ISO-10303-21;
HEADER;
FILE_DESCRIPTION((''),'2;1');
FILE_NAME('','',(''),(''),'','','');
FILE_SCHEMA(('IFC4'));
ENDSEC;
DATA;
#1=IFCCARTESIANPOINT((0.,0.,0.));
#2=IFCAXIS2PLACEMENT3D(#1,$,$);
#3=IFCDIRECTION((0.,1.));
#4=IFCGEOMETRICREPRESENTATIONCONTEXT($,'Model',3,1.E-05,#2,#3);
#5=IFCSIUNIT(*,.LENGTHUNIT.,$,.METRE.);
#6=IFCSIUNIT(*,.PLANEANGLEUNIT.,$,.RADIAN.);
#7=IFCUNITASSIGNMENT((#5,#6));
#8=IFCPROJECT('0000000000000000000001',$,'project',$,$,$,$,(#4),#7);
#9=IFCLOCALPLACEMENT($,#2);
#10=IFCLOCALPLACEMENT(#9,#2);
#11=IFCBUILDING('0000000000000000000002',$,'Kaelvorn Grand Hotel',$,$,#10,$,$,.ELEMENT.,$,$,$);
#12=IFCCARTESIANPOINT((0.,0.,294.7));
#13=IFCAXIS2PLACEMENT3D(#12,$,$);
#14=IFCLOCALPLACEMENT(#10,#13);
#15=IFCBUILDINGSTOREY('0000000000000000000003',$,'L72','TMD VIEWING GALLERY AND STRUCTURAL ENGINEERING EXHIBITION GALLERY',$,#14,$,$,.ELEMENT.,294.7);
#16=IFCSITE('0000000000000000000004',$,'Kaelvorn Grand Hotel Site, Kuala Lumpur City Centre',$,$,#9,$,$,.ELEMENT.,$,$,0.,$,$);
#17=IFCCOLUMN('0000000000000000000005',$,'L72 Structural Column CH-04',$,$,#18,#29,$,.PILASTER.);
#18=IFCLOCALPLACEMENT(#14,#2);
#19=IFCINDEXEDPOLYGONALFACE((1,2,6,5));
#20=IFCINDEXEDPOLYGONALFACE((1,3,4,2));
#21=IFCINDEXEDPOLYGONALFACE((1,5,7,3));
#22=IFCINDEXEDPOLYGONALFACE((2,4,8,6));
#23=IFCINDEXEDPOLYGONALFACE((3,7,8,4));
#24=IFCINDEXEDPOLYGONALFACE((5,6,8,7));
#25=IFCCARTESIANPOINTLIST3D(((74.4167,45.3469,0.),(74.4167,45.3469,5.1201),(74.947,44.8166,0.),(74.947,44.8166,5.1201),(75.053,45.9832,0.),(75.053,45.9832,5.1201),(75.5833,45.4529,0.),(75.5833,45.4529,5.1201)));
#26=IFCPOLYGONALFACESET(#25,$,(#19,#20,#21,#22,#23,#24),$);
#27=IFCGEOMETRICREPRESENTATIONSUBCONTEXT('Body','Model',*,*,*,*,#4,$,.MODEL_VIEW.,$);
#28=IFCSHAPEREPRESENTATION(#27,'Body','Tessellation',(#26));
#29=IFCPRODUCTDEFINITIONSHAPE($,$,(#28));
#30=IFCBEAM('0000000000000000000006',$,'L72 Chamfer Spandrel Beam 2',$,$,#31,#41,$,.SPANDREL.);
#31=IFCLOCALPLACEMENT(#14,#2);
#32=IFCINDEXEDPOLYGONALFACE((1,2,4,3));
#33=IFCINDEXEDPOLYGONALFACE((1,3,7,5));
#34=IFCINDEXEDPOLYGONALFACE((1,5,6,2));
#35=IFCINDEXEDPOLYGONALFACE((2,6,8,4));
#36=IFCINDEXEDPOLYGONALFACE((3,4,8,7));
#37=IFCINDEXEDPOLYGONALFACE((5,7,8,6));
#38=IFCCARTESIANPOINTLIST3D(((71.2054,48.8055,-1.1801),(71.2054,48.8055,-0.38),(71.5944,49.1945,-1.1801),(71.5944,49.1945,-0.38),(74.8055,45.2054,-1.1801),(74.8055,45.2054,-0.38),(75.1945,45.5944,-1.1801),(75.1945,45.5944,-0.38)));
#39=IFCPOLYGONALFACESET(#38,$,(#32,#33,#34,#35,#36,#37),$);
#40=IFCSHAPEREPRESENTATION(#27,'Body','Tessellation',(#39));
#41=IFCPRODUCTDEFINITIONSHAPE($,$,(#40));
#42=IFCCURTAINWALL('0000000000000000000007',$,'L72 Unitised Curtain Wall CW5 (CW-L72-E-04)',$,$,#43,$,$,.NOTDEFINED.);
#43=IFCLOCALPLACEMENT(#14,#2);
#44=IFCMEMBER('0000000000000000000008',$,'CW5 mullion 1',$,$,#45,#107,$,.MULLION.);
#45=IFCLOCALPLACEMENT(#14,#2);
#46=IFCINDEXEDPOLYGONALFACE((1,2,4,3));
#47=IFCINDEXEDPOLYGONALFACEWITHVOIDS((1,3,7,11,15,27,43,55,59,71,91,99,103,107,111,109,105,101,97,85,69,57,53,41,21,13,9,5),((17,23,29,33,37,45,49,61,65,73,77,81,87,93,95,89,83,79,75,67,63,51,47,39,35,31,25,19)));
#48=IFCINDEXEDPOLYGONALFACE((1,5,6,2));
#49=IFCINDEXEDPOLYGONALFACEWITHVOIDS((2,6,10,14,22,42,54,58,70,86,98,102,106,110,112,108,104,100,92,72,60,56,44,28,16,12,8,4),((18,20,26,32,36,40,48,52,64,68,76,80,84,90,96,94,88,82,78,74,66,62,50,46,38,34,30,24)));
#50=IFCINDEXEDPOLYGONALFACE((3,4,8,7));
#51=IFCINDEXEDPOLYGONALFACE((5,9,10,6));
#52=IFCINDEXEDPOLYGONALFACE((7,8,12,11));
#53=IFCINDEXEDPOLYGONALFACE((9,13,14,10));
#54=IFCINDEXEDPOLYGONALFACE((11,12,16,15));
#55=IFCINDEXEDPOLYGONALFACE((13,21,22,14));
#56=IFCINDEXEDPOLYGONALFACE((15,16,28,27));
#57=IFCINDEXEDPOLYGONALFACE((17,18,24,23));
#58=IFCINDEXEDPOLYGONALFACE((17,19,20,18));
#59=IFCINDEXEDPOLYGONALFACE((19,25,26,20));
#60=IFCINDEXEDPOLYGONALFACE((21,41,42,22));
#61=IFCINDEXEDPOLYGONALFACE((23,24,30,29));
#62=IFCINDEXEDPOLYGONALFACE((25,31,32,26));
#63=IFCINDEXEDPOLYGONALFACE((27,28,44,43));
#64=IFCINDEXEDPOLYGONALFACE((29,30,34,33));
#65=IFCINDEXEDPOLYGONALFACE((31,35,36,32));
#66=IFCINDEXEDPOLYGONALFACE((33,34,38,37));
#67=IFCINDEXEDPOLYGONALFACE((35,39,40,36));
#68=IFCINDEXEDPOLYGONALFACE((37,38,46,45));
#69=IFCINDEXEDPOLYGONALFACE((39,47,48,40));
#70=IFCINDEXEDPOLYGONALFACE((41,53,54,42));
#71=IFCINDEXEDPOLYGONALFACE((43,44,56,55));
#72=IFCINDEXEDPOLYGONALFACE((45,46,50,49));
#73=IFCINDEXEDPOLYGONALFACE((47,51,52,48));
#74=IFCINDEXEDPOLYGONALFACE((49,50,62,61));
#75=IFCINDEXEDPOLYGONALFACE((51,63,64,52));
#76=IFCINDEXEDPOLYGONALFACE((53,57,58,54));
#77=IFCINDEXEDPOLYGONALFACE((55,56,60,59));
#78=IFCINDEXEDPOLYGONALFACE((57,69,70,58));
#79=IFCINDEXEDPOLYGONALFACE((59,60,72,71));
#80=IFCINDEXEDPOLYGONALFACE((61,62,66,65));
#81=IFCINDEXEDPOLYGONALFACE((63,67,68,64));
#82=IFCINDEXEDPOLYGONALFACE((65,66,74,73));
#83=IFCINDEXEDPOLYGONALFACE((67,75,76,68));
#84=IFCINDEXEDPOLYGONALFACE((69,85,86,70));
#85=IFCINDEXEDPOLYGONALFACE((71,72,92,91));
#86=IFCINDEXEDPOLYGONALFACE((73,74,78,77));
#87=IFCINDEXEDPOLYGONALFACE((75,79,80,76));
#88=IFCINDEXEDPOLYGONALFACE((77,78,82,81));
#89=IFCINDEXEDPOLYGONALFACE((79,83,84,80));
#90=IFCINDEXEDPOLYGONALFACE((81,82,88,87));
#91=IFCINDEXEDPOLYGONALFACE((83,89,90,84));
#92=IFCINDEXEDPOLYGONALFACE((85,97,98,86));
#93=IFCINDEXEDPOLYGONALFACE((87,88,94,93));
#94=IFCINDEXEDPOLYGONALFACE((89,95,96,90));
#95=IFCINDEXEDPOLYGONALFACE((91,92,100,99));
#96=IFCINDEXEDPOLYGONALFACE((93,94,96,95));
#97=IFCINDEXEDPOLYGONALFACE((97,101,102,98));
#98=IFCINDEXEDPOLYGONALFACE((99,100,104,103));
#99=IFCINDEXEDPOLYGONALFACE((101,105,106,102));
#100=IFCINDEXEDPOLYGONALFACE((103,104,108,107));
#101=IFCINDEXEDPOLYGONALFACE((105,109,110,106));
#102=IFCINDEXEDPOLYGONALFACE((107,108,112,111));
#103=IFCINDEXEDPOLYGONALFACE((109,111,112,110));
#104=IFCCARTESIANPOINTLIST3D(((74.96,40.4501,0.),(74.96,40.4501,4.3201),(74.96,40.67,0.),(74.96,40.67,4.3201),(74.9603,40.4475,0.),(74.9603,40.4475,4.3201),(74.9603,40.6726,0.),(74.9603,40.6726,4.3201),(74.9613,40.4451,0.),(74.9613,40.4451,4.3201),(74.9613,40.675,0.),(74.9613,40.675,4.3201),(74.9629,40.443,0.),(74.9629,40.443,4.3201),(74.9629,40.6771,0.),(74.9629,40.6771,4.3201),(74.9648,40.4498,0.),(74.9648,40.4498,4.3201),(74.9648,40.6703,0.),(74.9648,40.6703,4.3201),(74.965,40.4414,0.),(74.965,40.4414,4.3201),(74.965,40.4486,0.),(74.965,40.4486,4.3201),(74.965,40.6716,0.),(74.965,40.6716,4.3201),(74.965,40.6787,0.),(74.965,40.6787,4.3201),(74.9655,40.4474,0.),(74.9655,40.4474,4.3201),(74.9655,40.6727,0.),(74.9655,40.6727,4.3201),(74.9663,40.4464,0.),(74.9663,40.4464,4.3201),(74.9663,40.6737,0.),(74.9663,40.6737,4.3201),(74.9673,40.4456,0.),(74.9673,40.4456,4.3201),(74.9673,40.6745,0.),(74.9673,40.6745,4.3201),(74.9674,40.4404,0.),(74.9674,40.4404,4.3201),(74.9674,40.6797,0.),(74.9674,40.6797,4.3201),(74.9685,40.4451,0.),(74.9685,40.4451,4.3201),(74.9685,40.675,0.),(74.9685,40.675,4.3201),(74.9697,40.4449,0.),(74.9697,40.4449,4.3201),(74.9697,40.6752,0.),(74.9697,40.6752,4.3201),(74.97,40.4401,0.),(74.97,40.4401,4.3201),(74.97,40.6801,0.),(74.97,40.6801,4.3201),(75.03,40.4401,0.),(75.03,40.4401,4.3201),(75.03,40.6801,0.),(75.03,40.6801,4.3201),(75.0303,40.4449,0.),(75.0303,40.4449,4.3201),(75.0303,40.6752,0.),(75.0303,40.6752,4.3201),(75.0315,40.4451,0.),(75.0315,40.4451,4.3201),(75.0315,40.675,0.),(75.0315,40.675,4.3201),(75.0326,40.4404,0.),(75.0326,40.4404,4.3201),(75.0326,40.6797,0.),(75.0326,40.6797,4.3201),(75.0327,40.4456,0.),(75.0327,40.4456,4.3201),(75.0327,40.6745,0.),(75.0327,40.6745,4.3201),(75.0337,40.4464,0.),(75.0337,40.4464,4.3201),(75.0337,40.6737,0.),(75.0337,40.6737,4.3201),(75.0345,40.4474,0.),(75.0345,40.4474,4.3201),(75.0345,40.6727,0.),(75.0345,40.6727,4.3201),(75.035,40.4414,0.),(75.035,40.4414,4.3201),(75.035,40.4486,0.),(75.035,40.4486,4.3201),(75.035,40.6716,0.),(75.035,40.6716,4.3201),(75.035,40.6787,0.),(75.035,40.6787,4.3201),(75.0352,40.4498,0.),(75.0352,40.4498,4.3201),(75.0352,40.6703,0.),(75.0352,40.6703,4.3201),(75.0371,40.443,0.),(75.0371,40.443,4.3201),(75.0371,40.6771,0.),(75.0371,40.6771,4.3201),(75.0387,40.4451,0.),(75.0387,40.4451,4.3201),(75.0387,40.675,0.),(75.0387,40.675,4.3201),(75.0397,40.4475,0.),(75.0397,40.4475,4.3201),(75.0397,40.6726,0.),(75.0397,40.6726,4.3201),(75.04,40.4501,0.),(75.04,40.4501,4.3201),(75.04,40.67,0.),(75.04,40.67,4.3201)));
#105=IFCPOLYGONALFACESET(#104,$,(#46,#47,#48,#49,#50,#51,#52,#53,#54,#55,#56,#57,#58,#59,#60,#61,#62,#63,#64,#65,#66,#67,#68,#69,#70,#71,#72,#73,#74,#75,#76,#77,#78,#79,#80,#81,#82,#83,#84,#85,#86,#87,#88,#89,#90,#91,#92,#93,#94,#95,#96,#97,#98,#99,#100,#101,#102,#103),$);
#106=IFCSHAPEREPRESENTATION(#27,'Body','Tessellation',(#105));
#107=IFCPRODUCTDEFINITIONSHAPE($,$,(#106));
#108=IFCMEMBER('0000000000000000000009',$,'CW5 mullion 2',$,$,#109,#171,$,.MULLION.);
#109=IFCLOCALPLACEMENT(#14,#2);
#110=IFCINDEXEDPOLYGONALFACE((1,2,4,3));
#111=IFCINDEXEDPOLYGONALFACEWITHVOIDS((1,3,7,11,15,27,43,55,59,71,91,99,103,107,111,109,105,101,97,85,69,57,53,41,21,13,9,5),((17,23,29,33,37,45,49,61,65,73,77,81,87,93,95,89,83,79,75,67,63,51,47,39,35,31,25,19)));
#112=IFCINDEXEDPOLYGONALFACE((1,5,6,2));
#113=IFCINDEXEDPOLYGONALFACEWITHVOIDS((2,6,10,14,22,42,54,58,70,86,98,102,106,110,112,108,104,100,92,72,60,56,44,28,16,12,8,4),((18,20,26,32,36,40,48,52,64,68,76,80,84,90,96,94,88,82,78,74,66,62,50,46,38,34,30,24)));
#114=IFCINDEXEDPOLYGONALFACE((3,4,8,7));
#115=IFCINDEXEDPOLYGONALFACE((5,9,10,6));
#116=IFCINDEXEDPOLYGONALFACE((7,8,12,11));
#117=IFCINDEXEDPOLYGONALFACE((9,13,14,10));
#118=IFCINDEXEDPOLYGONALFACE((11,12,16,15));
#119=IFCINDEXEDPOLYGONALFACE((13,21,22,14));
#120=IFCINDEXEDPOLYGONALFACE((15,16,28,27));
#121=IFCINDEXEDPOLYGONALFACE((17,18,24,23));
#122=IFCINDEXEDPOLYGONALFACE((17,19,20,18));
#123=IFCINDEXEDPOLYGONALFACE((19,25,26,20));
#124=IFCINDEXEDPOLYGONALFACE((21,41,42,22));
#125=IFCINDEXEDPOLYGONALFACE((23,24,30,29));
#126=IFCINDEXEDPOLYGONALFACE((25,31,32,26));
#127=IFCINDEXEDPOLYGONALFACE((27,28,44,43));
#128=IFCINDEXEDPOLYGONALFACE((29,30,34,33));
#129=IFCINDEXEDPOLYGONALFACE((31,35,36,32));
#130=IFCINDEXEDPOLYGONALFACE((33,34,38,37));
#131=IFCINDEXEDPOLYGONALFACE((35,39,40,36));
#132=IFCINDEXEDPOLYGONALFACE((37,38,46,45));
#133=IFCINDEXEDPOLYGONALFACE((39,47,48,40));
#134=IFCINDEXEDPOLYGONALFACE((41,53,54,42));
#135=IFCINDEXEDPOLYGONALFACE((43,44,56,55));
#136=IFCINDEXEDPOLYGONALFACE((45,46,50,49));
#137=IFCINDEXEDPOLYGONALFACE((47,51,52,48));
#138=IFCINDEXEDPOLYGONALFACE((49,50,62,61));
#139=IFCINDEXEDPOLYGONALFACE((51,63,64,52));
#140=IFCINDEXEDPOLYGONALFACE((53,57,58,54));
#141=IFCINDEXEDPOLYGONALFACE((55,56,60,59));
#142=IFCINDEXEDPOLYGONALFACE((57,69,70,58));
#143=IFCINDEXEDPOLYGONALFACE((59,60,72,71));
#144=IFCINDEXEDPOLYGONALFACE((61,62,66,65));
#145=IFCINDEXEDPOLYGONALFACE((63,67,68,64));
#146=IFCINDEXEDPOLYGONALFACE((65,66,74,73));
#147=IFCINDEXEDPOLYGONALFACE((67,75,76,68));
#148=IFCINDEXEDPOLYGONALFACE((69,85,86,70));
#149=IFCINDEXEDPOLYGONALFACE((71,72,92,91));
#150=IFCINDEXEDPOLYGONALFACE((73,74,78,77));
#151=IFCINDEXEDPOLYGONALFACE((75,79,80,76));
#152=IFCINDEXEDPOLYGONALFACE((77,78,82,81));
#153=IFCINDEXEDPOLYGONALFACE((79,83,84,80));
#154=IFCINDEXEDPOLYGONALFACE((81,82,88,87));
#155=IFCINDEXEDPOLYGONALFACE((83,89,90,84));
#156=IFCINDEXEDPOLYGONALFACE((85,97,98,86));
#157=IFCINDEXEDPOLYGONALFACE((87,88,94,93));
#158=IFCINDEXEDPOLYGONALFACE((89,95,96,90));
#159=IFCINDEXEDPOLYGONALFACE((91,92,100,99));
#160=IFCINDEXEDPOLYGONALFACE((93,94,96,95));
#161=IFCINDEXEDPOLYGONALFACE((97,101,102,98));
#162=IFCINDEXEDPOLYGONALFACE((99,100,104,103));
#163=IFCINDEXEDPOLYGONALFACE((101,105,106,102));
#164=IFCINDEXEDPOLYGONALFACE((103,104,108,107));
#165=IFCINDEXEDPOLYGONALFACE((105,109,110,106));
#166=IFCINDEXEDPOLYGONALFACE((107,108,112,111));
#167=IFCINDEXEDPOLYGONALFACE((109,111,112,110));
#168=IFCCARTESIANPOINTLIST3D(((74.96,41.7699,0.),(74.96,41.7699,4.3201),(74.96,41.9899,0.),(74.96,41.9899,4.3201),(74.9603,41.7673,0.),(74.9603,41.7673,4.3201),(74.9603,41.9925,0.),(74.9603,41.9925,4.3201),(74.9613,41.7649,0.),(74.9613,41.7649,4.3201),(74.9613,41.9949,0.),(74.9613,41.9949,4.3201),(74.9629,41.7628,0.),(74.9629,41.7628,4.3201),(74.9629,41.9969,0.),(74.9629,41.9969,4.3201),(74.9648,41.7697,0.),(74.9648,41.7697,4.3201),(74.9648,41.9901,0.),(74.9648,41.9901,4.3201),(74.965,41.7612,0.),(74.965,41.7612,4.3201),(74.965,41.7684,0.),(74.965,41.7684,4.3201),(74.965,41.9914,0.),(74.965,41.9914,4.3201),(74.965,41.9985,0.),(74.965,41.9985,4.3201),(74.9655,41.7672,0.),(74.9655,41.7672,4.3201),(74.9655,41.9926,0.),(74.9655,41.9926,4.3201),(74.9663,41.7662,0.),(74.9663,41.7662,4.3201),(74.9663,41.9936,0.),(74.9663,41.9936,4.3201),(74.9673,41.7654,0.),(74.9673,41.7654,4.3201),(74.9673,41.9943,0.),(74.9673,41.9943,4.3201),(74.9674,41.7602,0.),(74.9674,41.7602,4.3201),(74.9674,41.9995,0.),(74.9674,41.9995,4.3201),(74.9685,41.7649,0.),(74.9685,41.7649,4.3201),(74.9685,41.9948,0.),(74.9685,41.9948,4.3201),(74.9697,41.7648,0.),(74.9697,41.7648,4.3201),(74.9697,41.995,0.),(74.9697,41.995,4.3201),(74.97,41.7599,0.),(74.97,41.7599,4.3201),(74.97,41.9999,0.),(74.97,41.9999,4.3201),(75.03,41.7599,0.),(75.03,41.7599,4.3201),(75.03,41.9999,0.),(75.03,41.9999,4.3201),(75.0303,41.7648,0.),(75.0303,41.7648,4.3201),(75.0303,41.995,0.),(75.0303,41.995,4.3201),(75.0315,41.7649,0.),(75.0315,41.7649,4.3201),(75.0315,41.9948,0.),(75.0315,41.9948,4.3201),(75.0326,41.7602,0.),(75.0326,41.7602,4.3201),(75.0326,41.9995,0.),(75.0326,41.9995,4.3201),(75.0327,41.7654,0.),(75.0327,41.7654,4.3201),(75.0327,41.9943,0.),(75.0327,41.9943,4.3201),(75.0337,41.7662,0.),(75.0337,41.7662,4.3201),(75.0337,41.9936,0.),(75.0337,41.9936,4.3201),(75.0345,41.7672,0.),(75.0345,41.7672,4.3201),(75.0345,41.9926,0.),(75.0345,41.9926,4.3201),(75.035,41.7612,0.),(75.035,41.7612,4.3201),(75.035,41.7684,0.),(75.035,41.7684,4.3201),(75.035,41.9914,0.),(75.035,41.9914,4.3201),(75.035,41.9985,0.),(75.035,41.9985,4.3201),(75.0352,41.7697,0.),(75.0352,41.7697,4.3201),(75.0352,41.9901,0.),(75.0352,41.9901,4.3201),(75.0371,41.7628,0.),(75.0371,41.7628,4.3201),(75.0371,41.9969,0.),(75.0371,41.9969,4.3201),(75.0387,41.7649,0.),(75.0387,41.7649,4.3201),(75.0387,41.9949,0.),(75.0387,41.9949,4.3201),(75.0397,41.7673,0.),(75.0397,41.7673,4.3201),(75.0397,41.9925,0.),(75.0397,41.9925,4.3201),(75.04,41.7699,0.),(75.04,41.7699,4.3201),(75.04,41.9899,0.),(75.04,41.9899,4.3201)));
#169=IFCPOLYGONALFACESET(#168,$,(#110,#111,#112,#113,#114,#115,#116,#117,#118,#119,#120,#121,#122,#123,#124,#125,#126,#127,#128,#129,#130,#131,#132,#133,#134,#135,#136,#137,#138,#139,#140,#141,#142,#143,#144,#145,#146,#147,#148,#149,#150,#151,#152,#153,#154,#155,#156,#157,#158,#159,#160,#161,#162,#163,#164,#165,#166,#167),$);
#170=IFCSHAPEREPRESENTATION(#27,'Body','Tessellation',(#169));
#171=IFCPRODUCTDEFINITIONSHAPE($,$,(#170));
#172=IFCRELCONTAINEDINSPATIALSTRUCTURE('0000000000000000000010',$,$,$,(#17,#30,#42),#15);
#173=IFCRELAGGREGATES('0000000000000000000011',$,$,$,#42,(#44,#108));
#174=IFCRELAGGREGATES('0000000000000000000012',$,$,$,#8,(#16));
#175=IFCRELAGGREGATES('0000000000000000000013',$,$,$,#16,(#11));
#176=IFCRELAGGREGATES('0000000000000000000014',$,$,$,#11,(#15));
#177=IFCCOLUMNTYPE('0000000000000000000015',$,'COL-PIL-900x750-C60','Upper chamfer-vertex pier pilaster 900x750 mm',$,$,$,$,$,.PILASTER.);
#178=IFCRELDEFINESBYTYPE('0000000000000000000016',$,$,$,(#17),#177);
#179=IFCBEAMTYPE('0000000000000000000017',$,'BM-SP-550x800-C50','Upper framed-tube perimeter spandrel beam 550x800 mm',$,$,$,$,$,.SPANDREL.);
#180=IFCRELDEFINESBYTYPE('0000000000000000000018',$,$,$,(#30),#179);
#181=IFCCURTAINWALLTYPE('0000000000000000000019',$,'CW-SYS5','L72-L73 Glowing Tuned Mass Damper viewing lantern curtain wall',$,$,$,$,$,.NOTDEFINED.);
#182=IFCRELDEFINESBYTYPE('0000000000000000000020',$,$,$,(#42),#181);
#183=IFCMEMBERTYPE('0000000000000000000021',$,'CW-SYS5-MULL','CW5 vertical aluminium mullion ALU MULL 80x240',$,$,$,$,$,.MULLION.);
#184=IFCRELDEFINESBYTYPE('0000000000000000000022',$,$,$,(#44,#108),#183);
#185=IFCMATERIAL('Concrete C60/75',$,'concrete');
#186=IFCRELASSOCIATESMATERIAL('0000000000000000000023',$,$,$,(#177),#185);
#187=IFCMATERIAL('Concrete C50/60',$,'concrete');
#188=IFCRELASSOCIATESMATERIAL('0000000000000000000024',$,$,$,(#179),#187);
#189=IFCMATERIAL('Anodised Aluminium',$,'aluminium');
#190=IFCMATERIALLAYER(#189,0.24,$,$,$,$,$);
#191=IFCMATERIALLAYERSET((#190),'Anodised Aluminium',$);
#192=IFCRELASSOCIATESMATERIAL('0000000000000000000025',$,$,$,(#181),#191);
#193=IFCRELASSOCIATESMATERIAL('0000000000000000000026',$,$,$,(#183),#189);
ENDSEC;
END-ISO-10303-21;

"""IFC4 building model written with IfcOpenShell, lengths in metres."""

from ifc_helpers import new_model, si_unit, direction, frame, origin, origin_2d, place, context, subcontext, project, spatial, rectangle, hollow_rectangle, extrude, material, layer, layer_set, material_profile, profile_set, type_object, element, aggregate, save


model = new_model("IFC4")

# Units and contexts
model_context = context("Model", 3, precision=1e-05, world=origin(), true_north=direction((0.0, 1.0)))
body_context = subcontext(model_context, "Body", "Model", "MODEL_VIEW")
ifc_project = project(units=[si_unit("LENGTHUNIT", "METRE"), si_unit("PLANEANGLEUNIT", "RADIAN")], contexts=[model_context])

# Site, building, storey
site_placement = place(None, origin())
site = spatial("IfcSite", under=ifc_project, at=site_placement, Name="Kaelvorn Grand Hotel Site, Kuala Lumpur City Centre", CompositionType="ELEMENT", RefElevation=0.0)
building_placement = place(site_placement, origin())
building = spatial("IfcBuilding", under=site, at=building_placement, Name="Kaelvorn Grand Hotel", CompositionType="ELEMENT")
storey_placement = place(building_placement, frame((0.0, 0.0, 294.7)))
storey = spatial("IfcBuildingStorey", under=building, at=storey_placement, Name="L72", Description="TMD VIEWING GALLERY AND STRUCTURAL ENGINEERING EXHIBITION GALLERY", CompositionType="ELEMENT", Elevation=294.7)

# Column
ifc_material_1 = material(Name="Concrete C60/75", Category="concrete")
ifc_material_profile_1 = material_profile(ifc_material_1, rectangle(XDim=0.8999, YDim=0.75, at=origin_2d()), Name="RC PILASTER 900x750")
ifc_profile_set_1 = profile_set([ifc_material_profile_1], Name="Concrete C60/75")
column_type = type_object("IfcColumnType", Name="COL-PIL-900x750-C60", Description="Upper chamfer-vertex pier pilaster 900x750 mm", PredefinedType="PILASTER", material=ifc_profile_set_1)
column_placement = place(storey_placement, frame((75.0, 45.3999, 0.0), z_axis=(0.0, 0.0, 1.0), x_axis=(0.707107, 0.707107, 0.0)))
element("IfcColumn", 1, at=column_placement, inside=storey, type_object=column_type, Name="L72 Structural Column CH-04", PredefinedType="PILASTER", context=body_context, shape_type="SweptSolid", body=[
    extrude(rectangle(XDim=0.8999, YDim=0.75, at=origin_2d()), origin(), (0.0, 0.0, 1.0), 5.1201),
])

# Beam
ifc_material_2 = material(Name="Concrete C50/60", Category="concrete")
ifc_material_profile_2 = material_profile(ifc_material_2, rectangle(XDim=0.55, YDim=0.8, at=origin_2d()), Name="RC SPANDREL 550x800")
ifc_profile_set_2 = profile_set([ifc_material_profile_2], Name="Concrete C50/60")
beam_type = type_object("IfcBeamType", Name="BM-SP-550x800-C50", Description="Upper framed-tube perimeter spandrel beam 550x800 mm", PredefinedType="SPANDREL", material=ifc_profile_set_2)
beam_placement = place(storey_placement, frame((75.0, 45.3999, -0.78), z_axis=(-0.707107, 0.707107, 0.0), x_axis=(-0.707107, -0.707107, 0.0)))
element("IfcBeam", 2, at=beam_placement, inside=storey, type_object=beam_type, Name="L72 Chamfer Spandrel Beam 2", PredefinedType="SPANDREL", context=body_context, shape_type="SweptSolid", body=[
    extrude(rectangle(XDim=0.55, YDim=0.8, at=origin_2d()), origin(), (0.0, 0.0, 1.0), 5.0913),
])

# Curtain wall, members
ifc_material_3 = material(Name="Anodised Aluminium", Category="aluminium")
ifc_layer_1 = layer(ifc_material_3, 0.24)
ifc_layer_set_1 = layer_set([ifc_layer_1], Name="Anodised Aluminium")
curtain_wall_type = type_object("IfcCurtainWallType", Name="CW-SYS5", Description="L72-L73 Glowing Tuned Mass Damper viewing lantern curtain wall", PredefinedType="NOTDEFINED", material=ifc_layer_set_1)
curtain_wall_placement = place(storey_placement, origin())
curtain_wall = element("IfcCurtainWall", 3, at=curtain_wall_placement, inside=storey, type_object=curtain_wall_type, Name="L72 Unitised Curtain Wall CW5 (CW-L72-E-04)", PredefinedType="NOTDEFINED")
ifc_material_profile_3 = material_profile(ifc_material_3, hollow_rectangle(XDim=0.0801, YDim=0.24, WallThickness=0.0049, InnerFilletRadius=0.0049, OuterFilletRadius=0.01, at=origin_2d()), Name="ALU MULL 80x240")
ifc_profile_set_3 = profile_set([ifc_material_profile_3], Name="Anodised Aluminium")
member_type_1 = type_object("IfcMemberType", Name="CW-SYS5-MULL", Description="CW5 vertical aluminium mullion ALU MULL 80x240", PredefinedType="MULLION", material=ifc_profile_set_3)
member_1_placement = place(storey_placement, frame((75.0, 40.5601, 0.0), z_axis=(0.0, 0.0, 1.0), x_axis=(-1.0, 0.0, 0.0)))
member_1 = element("IfcMember", 4, at=member_1_placement, type_object=member_type_1, Name="CW5 mullion 1", PredefinedType="MULLION", context=body_context, shape_type="SweptSolid", body=[
    extrude(hollow_rectangle(XDim=0.0801, YDim=0.24, WallThickness=0.0049, InnerFilletRadius=0.0049, OuterFilletRadius=0.01, at=origin_2d()), origin(), (0.0, 0.0, 1.0), 4.3201),
])
member_2_placement = place(storey_placement, frame((75.0, 41.8799, 0.0), z_axis=(0.0, 0.0, 1.0), x_axis=(-1.0, 0.0, 0.0)))
member_2 = element("IfcMember", 5, at=member_2_placement, type_object=member_type_1, Name="CW5 mullion 2", PredefinedType="MULLION", context=body_context, shape_type="SweptSolid", body=[
    extrude(hollow_rectangle(XDim=0.0801, YDim=0.24, WallThickness=0.0049, InnerFilletRadius=0.0049, OuterFilletRadius=0.01, at=origin_2d()), origin(), (0.0, 0.0, 1.0), 4.3201),
])
aggregate(curtain_wall, [member_1, member_2])

save(model, "model.ifc")
